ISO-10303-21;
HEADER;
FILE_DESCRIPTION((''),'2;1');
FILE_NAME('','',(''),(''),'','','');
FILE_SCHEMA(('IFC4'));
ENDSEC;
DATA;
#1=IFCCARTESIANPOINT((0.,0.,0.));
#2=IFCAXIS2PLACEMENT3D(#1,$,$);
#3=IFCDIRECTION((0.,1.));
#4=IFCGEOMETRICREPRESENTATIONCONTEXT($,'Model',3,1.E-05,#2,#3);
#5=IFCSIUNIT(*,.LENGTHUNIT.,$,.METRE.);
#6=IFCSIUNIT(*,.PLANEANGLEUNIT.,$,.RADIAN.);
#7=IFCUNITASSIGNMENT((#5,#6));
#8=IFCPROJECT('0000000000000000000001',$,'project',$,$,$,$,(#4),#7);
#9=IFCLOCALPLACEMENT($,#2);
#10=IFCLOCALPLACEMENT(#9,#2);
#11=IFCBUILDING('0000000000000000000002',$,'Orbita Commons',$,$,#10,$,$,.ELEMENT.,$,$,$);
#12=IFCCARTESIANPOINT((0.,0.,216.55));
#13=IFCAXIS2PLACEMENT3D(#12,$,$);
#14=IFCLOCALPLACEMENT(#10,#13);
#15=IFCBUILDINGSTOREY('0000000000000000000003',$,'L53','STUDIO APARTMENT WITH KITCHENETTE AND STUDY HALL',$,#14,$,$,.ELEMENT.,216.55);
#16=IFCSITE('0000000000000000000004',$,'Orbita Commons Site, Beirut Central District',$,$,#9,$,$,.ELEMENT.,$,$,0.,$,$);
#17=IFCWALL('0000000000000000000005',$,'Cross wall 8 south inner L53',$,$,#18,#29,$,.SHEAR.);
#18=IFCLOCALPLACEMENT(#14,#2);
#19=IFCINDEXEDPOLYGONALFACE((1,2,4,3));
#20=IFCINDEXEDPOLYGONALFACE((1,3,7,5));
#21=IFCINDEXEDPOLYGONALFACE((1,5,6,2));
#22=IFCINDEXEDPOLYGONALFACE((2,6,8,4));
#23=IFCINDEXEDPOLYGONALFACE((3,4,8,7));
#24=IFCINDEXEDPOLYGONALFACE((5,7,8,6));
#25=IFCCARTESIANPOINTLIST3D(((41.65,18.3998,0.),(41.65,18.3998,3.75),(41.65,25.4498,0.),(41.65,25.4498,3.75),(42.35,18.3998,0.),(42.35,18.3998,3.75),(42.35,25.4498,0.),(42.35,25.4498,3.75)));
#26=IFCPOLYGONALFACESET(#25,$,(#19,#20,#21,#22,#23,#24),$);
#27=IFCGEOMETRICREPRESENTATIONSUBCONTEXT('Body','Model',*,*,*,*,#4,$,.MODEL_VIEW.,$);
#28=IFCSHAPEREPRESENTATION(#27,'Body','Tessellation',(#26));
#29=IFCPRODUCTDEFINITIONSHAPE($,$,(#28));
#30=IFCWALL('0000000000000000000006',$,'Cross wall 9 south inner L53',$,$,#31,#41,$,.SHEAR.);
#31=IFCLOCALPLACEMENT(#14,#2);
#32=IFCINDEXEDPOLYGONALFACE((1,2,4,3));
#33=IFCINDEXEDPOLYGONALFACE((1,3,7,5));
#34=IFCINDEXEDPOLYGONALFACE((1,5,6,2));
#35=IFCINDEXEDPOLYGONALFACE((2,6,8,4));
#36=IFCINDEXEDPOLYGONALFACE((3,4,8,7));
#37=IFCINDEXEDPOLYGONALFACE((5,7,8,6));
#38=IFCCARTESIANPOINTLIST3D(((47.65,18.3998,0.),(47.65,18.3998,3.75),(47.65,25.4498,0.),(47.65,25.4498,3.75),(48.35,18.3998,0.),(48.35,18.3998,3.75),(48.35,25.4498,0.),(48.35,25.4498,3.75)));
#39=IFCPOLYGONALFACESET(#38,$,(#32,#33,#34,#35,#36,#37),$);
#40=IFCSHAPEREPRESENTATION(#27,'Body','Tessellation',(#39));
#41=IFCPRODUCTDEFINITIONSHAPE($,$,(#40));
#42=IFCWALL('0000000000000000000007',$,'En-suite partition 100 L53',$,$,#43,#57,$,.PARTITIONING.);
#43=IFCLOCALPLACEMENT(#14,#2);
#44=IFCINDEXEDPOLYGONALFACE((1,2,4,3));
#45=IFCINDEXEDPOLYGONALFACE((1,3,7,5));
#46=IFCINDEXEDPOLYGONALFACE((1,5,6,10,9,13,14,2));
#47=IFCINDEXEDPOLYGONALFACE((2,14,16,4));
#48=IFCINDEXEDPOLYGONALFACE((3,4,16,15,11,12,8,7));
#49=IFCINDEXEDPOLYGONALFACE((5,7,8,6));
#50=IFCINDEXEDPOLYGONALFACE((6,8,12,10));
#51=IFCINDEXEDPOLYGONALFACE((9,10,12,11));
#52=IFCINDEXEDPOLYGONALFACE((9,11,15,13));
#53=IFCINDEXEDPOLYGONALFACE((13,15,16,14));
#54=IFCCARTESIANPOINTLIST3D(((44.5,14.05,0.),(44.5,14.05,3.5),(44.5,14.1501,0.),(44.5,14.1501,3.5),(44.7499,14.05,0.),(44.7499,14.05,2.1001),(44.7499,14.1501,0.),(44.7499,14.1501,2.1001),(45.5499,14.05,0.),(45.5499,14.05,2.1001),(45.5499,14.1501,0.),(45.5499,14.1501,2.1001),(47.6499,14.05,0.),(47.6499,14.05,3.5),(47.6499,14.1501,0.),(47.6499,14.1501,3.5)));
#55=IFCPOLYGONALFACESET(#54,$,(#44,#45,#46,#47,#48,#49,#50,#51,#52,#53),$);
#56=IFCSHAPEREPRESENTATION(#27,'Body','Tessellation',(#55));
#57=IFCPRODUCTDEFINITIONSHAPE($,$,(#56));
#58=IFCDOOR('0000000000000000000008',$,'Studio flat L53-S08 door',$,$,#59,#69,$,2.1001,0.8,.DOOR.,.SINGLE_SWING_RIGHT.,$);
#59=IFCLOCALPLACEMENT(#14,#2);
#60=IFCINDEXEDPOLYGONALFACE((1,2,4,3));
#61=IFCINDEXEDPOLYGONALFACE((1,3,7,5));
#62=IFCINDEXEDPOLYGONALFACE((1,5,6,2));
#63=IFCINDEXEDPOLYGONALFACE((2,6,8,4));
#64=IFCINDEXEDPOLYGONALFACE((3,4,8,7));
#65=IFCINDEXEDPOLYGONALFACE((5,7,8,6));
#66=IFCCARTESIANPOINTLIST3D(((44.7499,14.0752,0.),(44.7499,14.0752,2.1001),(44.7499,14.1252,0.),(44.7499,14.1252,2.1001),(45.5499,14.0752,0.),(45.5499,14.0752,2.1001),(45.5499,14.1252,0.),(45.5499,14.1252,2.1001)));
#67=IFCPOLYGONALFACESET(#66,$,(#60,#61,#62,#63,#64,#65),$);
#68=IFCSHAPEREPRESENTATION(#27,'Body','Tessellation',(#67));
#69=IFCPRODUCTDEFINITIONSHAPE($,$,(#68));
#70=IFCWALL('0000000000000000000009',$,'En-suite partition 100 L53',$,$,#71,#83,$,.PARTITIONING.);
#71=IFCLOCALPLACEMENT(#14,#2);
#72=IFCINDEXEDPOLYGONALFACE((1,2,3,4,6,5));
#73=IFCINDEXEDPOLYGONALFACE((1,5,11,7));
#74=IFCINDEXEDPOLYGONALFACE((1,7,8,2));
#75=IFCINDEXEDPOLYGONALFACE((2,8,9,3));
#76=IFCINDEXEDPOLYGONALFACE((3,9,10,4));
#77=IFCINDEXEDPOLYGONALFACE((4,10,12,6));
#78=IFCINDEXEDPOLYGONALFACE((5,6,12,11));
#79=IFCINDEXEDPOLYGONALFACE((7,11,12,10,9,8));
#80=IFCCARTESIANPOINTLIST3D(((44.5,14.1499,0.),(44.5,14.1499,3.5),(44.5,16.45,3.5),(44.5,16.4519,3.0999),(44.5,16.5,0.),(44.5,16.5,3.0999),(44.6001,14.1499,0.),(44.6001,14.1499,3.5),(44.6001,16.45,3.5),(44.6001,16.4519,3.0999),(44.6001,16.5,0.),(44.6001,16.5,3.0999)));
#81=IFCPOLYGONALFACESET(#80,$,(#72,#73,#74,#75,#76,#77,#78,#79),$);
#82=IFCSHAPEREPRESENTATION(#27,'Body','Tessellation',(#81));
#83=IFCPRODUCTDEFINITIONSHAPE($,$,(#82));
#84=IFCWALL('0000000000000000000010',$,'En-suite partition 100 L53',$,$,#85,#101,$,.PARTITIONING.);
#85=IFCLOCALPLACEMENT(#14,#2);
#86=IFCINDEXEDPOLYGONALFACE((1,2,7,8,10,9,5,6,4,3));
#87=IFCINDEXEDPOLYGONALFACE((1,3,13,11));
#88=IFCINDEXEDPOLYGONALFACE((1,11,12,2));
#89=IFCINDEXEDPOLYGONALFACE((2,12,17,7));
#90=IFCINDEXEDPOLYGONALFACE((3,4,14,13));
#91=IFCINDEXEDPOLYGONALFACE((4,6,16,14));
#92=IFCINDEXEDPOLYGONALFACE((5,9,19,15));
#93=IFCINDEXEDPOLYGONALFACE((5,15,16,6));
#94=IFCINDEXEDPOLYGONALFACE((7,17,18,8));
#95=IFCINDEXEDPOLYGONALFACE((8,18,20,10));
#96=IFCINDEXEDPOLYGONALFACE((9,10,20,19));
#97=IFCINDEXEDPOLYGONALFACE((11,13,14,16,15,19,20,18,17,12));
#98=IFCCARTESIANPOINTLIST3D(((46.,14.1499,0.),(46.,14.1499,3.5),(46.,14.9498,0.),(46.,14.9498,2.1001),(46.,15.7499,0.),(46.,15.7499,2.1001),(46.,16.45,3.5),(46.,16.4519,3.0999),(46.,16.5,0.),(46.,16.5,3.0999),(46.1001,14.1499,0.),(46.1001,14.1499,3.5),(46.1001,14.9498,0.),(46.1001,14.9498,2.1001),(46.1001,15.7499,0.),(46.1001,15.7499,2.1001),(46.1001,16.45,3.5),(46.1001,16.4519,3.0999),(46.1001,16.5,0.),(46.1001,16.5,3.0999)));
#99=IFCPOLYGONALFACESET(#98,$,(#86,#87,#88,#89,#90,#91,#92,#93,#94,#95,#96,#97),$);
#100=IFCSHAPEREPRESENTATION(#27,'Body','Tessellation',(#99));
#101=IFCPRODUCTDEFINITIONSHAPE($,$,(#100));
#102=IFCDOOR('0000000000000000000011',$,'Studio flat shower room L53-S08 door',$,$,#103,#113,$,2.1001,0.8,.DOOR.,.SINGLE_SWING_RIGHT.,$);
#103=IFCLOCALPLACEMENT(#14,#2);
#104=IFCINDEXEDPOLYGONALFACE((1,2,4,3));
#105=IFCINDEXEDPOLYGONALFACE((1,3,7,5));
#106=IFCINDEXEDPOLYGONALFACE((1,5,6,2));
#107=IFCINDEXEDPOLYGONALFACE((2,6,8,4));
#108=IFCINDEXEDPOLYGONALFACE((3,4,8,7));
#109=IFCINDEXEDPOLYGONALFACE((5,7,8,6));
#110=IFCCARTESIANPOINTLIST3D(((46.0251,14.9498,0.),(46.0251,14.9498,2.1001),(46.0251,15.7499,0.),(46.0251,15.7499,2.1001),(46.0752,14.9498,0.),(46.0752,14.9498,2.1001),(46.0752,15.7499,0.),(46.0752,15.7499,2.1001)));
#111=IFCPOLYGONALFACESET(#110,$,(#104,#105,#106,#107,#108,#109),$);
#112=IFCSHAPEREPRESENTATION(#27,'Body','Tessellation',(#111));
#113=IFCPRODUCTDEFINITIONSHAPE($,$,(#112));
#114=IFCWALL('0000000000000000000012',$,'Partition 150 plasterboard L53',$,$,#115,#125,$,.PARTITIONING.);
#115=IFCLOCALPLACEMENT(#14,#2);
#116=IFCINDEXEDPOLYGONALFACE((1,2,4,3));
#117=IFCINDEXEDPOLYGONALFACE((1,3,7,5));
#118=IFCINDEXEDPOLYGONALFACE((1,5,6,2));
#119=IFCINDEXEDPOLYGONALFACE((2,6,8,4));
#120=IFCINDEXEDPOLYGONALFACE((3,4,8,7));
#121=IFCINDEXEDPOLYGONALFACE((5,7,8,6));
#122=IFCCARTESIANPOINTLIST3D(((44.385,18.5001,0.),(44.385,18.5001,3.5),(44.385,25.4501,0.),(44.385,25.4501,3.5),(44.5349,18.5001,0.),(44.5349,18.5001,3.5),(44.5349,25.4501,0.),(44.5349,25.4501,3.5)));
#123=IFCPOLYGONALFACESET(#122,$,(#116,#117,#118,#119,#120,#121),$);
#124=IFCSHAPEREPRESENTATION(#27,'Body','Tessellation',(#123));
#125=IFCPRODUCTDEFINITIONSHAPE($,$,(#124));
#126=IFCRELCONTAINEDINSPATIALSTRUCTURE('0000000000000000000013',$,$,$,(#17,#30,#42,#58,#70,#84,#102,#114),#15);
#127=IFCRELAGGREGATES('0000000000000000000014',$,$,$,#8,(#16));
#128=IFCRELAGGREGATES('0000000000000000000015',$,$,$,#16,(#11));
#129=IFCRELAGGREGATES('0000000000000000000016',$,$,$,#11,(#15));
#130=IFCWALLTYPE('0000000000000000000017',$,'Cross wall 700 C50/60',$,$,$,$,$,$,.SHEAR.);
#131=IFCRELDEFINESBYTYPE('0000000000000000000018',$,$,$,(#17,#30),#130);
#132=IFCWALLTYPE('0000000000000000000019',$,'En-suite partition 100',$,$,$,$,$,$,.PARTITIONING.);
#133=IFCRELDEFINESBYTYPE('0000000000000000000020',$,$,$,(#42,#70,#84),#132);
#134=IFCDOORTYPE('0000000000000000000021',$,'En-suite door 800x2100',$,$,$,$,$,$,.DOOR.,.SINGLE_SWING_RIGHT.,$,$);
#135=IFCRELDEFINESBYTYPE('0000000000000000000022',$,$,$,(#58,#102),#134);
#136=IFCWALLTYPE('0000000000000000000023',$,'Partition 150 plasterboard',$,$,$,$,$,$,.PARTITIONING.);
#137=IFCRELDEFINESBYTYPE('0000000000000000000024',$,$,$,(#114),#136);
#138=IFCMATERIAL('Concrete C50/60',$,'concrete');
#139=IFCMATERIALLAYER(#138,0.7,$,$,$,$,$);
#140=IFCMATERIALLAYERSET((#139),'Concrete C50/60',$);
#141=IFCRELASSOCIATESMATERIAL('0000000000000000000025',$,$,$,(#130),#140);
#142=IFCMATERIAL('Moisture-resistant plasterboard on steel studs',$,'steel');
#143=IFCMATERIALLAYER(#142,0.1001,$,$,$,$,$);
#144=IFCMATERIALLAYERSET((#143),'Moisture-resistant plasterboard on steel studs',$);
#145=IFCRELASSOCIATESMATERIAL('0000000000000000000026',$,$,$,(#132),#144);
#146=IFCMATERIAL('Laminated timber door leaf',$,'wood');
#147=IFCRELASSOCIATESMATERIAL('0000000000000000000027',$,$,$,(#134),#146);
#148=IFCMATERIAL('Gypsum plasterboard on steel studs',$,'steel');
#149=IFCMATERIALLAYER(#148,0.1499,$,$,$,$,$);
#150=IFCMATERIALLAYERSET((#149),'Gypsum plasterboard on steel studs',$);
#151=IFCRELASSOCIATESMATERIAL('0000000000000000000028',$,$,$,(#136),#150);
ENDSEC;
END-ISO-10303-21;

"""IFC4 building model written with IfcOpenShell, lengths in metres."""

from ifc_helpers import new_model, si_unit, direction, frame, frame_2d, origin, place, context, subcontext, project, spatial, polyline, rectangle, outline, extrude, material, layer, layer_set, type_object, element, fill, save


model = new_model("IFC4")

# Units and contexts
model_context = context("Model", 3, precision=1e-05, world=origin(), true_north=direction((0.0, 1.0)))
body_context = subcontext(model_context, "Body", "Model", "MODEL_VIEW")
ifc_project = project(units=[si_unit("LENGTHUNIT", "METRE"), si_unit("PLANEANGLEUNIT", "RADIAN")], contexts=[model_context])

# Site, building, storey
site_placement = place(None, origin())
site = spatial("IfcSite", under=ifc_project, at=site_placement, Name="Orbita Commons Site, Beirut Central District", CompositionType="ELEMENT", RefElevation=0.0)
building_placement = place(site_placement, origin())
building = spatial("IfcBuilding", under=site, at=building_placement, Name="Orbita Commons", CompositionType="ELEMENT")
storey_placement = place(building_placement, frame((0.0, 0.0, 216.55)))
storey = spatial("IfcBuildingStorey", under=building, at=storey_placement, Name="L53", Description="STUDIO APARTMENT WITH KITCHENETTE AND STUDY HALL", CompositionType="ELEMENT", Elevation=216.55)

# Walls
ifc_material_1 = material(Name="Concrete C50/60", Category="concrete")
ifc_layer_1 = layer(ifc_material_1, 0.7)
ifc_layer_set_1 = layer_set([ifc_layer_1], Name="Concrete C50/60")
wall_type_1 = type_object("IfcWallType", Name="Cross wall 700 C50/60", PredefinedType="SHEAR", material=ifc_layer_set_1)
for number, where, z_axis, x_axis, name in (
    (1, (42.0, 18.3999, 0.0), (0.0, 0.0, 1.0), (0.0, 1.0, 0.0), "Cross wall 8 south inner L53"),
    (2, (48.0, 18.3999, 0.0), (0.0, 0.0, 1.0), (0.0, 1.0, 0.0), "Cross wall 9 south inner L53"),
):
    element("IfcWall", number, at=place(storey_placement, frame(where, z_axis=z_axis, x_axis=x_axis)), inside=storey, type_object=wall_type_1, Name=name, PredefinedType="SHEAR", context=body_context, shape_type="SweptSolid", body=[
        extrude(rectangle(XDim=7.05, YDim=0.7, at=frame_2d((3.5249, 0.0))), origin(), (0.0, 0.0, 1.0), 3.75),
    ])

# Wall, opening, door
ifc_material_2 = material(Name="Moisture-resistant plasterboard on steel studs", Category="steel")
ifc_layer_2 = layer(ifc_material_2, 0.1001)
ifc_layer_set_2 = layer_set([ifc_layer_2], Name="Moisture-resistant plasterboard on steel studs")
wall_type_2 = type_object("IfcWallType", Name="En-suite partition 100", PredefinedType="PARTITIONING", material=ifc_layer_set_2)
wall_1_placement = place(storey_placement, frame((47.6499, 14.1001, 0.0), z_axis=(0.0, 0.0, 1.0), x_axis=(-1.0, 0.0, 0.0)))
wall_1 = element("IfcWall", 3, at=wall_1_placement, inside=storey, type_object=wall_type_2, Name="En-suite partition 100 L53", PredefinedType="PARTITIONING", context=body_context, shape_type="SweptSolid", body=[
    extrude(rectangle(XDim=3.1499, YDim=0.1001, at=frame_2d((1.575, 0.0))), origin(), (0.0, 0.0, 1.0), 3.5),
])
opening_1_placement = place(wall_1_placement, frame((2.1001, 0.0, 0.0)))
opening_1 = element("IfcOpeningElement", 4, at=opening_1_placement, cuts=wall_1, PredefinedType="OPENING", context=body_context, shape_type="SweptSolid", body=[
    extrude(rectangle(XDim=0.8, YDim=2.1001, at=frame_2d((0.3999, 1.05))), frame((0.0, 0.0601, 0.0), z_axis=(0.0, -1.0, 0.0), x_axis=(1.0, 0.0, 0.0)), (0.0, 0.0, 1.0), 0.1201),
])
ifc_material_3 = material(Name="Laminated timber door leaf", Category="wood")
door_type_1 = type_object("IfcDoorType", Name="En-suite door 800x2100", OperationType="SINGLE_SWING_RIGHT", PredefinedType="DOOR", material=ifc_material_3)
door_1_placement = place(opening_1_placement, origin())
door_1 = element("IfcDoor", 5, at=door_1_placement, inside=storey, type_object=door_type_1, Name="Studio flat L53-S08 door", OperationType="SINGLE_SWING_RIGHT", OverallHeight=2.1001, OverallWidth=0.8, PredefinedType="DOOR", context=body_context, shape_type="SweptSolid", body=[
    extrude(rectangle(XDim=0.8, YDim=2.1001, at=frame_2d((0.3999, 1.05))), frame((0.0, 0.0249, 0.0), z_axis=(0.0, -1.0, 0.0), x_axis=(1.0, 0.0, 0.0)), (0.0, 0.0, 1.0), 0.05),
])
fill(opening_1, door_1)

# Wall
wall_2_placement = place(storey_placement, frame((44.55, 14.1499, 0.0), z_axis=(0.0, 0.0, 1.0), x_axis=(0.0, 1.0, 0.0)))
element("IfcWall", 6, at=wall_2_placement, inside=storey, type_object=wall_type_2, Name="En-suite partition 100 L53", PredefinedType="PARTITIONING", context=body_context, shape_type="SweptSolid", body=[
    extrude(outline(polyline([(0.0, 0.0), (2.3501, 0.0), (2.3501, 3.0999), (2.302, 3.0999), (2.3, 3.5), (0.0, 3.5), (0.0, 0.0)])), frame((0.0, 0.05, 0.0), z_axis=(0.0, -1.0, 0.0), x_axis=(1.0, 0.0, 0.0)), (0.0, 0.0, 1.0), 0.1001),
])

# Wall, opening, door
wall_3_placement = place(storey_placement, frame((46.05, 14.1499, 0.0), z_axis=(0.0, 0.0, 1.0), x_axis=(0.0, 1.0, 0.0)))
wall_3 = element("IfcWall", 7, at=wall_3_placement, inside=storey, type_object=wall_type_2, Name="En-suite partition 100 L53", PredefinedType="PARTITIONING", context=body_context, shape_type="SweptSolid", body=[
    extrude(outline(polyline([(0.0, 0.0), (2.3501, 0.0), (2.3501, 3.0999), (2.302, 3.0999), (2.3, 3.5), (0.0, 3.5), (0.0, 0.0)])), frame((0.0, 0.05, 0.0), z_axis=(0.0, -1.0, 0.0), x_axis=(1.0, 0.0, 0.0)), (0.0, 0.0, 1.0), 0.1001),
])
opening_2_placement = place(wall_3_placement, frame((0.8, 0.0, 0.0)))
opening_2 = element("IfcOpeningElement", 8, at=opening_2_placement, cuts=wall_3, PredefinedType="OPENING", context=body_context, shape_type="SweptSolid", body=[
    extrude(rectangle(XDim=0.8, YDim=2.1001, at=frame_2d((0.3999, 1.05))), frame((0.0, 0.0601, 0.0), z_axis=(0.0, -1.0, 0.0), x_axis=(1.0, 0.0, 0.0)), (0.0, 0.0, 1.0), 0.1201),
])
door_2_placement = place(opening_2_placement, origin())
door_2 = element("IfcDoor", 9, at=door_2_placement, inside=storey, type_object=door_type_1, Name="Studio flat shower room L53-S08 door", OperationType="SINGLE_SWING_RIGHT", OverallHeight=2.1001, OverallWidth=0.8, PredefinedType="DOOR", context=body_context, shape_type="SweptSolid", body=[
    extrude(rectangle(XDim=0.8, YDim=2.1001, at=frame_2d((0.3999, 1.05))), frame((0.0, 0.0249, 0.0), z_axis=(0.0, -1.0, 0.0), x_axis=(1.0, 0.0, 0.0)), (0.0, 0.0, 1.0), 0.05),
])
fill(opening_2, door_2)

# Wall
ifc_material_4 = material(Name="Gypsum plasterboard on steel studs", Category="steel")
ifc_layer_3 = layer(ifc_material_4, 0.1499)
ifc_layer_set_3 = layer_set([ifc_layer_3], Name="Gypsum plasterboard on steel studs")
wall_type_3 = type_object("IfcWallType", Name="Partition 150 plasterboard", PredefinedType="PARTITIONING", material=ifc_layer_set_3)
wall_4_placement = place(storey_placement, frame((44.46, 18.5, 0.0), z_axis=(0.0, 0.0, 1.0), x_axis=(0.0, 1.0, 0.0)))
element("IfcWall", 10, at=wall_4_placement, inside=storey, type_object=wall_type_3, Name="Partition 150 plasterboard L53", PredefinedType="PARTITIONING", context=body_context, shape_type="SweptSolid", body=[
    extrude(rectangle(XDim=6.95, YDim=0.1499, at=frame_2d((3.4751, 0.0))), origin(), (0.0, 0.0, 1.0), 3.5),
])

save(model, "model.ifc")
